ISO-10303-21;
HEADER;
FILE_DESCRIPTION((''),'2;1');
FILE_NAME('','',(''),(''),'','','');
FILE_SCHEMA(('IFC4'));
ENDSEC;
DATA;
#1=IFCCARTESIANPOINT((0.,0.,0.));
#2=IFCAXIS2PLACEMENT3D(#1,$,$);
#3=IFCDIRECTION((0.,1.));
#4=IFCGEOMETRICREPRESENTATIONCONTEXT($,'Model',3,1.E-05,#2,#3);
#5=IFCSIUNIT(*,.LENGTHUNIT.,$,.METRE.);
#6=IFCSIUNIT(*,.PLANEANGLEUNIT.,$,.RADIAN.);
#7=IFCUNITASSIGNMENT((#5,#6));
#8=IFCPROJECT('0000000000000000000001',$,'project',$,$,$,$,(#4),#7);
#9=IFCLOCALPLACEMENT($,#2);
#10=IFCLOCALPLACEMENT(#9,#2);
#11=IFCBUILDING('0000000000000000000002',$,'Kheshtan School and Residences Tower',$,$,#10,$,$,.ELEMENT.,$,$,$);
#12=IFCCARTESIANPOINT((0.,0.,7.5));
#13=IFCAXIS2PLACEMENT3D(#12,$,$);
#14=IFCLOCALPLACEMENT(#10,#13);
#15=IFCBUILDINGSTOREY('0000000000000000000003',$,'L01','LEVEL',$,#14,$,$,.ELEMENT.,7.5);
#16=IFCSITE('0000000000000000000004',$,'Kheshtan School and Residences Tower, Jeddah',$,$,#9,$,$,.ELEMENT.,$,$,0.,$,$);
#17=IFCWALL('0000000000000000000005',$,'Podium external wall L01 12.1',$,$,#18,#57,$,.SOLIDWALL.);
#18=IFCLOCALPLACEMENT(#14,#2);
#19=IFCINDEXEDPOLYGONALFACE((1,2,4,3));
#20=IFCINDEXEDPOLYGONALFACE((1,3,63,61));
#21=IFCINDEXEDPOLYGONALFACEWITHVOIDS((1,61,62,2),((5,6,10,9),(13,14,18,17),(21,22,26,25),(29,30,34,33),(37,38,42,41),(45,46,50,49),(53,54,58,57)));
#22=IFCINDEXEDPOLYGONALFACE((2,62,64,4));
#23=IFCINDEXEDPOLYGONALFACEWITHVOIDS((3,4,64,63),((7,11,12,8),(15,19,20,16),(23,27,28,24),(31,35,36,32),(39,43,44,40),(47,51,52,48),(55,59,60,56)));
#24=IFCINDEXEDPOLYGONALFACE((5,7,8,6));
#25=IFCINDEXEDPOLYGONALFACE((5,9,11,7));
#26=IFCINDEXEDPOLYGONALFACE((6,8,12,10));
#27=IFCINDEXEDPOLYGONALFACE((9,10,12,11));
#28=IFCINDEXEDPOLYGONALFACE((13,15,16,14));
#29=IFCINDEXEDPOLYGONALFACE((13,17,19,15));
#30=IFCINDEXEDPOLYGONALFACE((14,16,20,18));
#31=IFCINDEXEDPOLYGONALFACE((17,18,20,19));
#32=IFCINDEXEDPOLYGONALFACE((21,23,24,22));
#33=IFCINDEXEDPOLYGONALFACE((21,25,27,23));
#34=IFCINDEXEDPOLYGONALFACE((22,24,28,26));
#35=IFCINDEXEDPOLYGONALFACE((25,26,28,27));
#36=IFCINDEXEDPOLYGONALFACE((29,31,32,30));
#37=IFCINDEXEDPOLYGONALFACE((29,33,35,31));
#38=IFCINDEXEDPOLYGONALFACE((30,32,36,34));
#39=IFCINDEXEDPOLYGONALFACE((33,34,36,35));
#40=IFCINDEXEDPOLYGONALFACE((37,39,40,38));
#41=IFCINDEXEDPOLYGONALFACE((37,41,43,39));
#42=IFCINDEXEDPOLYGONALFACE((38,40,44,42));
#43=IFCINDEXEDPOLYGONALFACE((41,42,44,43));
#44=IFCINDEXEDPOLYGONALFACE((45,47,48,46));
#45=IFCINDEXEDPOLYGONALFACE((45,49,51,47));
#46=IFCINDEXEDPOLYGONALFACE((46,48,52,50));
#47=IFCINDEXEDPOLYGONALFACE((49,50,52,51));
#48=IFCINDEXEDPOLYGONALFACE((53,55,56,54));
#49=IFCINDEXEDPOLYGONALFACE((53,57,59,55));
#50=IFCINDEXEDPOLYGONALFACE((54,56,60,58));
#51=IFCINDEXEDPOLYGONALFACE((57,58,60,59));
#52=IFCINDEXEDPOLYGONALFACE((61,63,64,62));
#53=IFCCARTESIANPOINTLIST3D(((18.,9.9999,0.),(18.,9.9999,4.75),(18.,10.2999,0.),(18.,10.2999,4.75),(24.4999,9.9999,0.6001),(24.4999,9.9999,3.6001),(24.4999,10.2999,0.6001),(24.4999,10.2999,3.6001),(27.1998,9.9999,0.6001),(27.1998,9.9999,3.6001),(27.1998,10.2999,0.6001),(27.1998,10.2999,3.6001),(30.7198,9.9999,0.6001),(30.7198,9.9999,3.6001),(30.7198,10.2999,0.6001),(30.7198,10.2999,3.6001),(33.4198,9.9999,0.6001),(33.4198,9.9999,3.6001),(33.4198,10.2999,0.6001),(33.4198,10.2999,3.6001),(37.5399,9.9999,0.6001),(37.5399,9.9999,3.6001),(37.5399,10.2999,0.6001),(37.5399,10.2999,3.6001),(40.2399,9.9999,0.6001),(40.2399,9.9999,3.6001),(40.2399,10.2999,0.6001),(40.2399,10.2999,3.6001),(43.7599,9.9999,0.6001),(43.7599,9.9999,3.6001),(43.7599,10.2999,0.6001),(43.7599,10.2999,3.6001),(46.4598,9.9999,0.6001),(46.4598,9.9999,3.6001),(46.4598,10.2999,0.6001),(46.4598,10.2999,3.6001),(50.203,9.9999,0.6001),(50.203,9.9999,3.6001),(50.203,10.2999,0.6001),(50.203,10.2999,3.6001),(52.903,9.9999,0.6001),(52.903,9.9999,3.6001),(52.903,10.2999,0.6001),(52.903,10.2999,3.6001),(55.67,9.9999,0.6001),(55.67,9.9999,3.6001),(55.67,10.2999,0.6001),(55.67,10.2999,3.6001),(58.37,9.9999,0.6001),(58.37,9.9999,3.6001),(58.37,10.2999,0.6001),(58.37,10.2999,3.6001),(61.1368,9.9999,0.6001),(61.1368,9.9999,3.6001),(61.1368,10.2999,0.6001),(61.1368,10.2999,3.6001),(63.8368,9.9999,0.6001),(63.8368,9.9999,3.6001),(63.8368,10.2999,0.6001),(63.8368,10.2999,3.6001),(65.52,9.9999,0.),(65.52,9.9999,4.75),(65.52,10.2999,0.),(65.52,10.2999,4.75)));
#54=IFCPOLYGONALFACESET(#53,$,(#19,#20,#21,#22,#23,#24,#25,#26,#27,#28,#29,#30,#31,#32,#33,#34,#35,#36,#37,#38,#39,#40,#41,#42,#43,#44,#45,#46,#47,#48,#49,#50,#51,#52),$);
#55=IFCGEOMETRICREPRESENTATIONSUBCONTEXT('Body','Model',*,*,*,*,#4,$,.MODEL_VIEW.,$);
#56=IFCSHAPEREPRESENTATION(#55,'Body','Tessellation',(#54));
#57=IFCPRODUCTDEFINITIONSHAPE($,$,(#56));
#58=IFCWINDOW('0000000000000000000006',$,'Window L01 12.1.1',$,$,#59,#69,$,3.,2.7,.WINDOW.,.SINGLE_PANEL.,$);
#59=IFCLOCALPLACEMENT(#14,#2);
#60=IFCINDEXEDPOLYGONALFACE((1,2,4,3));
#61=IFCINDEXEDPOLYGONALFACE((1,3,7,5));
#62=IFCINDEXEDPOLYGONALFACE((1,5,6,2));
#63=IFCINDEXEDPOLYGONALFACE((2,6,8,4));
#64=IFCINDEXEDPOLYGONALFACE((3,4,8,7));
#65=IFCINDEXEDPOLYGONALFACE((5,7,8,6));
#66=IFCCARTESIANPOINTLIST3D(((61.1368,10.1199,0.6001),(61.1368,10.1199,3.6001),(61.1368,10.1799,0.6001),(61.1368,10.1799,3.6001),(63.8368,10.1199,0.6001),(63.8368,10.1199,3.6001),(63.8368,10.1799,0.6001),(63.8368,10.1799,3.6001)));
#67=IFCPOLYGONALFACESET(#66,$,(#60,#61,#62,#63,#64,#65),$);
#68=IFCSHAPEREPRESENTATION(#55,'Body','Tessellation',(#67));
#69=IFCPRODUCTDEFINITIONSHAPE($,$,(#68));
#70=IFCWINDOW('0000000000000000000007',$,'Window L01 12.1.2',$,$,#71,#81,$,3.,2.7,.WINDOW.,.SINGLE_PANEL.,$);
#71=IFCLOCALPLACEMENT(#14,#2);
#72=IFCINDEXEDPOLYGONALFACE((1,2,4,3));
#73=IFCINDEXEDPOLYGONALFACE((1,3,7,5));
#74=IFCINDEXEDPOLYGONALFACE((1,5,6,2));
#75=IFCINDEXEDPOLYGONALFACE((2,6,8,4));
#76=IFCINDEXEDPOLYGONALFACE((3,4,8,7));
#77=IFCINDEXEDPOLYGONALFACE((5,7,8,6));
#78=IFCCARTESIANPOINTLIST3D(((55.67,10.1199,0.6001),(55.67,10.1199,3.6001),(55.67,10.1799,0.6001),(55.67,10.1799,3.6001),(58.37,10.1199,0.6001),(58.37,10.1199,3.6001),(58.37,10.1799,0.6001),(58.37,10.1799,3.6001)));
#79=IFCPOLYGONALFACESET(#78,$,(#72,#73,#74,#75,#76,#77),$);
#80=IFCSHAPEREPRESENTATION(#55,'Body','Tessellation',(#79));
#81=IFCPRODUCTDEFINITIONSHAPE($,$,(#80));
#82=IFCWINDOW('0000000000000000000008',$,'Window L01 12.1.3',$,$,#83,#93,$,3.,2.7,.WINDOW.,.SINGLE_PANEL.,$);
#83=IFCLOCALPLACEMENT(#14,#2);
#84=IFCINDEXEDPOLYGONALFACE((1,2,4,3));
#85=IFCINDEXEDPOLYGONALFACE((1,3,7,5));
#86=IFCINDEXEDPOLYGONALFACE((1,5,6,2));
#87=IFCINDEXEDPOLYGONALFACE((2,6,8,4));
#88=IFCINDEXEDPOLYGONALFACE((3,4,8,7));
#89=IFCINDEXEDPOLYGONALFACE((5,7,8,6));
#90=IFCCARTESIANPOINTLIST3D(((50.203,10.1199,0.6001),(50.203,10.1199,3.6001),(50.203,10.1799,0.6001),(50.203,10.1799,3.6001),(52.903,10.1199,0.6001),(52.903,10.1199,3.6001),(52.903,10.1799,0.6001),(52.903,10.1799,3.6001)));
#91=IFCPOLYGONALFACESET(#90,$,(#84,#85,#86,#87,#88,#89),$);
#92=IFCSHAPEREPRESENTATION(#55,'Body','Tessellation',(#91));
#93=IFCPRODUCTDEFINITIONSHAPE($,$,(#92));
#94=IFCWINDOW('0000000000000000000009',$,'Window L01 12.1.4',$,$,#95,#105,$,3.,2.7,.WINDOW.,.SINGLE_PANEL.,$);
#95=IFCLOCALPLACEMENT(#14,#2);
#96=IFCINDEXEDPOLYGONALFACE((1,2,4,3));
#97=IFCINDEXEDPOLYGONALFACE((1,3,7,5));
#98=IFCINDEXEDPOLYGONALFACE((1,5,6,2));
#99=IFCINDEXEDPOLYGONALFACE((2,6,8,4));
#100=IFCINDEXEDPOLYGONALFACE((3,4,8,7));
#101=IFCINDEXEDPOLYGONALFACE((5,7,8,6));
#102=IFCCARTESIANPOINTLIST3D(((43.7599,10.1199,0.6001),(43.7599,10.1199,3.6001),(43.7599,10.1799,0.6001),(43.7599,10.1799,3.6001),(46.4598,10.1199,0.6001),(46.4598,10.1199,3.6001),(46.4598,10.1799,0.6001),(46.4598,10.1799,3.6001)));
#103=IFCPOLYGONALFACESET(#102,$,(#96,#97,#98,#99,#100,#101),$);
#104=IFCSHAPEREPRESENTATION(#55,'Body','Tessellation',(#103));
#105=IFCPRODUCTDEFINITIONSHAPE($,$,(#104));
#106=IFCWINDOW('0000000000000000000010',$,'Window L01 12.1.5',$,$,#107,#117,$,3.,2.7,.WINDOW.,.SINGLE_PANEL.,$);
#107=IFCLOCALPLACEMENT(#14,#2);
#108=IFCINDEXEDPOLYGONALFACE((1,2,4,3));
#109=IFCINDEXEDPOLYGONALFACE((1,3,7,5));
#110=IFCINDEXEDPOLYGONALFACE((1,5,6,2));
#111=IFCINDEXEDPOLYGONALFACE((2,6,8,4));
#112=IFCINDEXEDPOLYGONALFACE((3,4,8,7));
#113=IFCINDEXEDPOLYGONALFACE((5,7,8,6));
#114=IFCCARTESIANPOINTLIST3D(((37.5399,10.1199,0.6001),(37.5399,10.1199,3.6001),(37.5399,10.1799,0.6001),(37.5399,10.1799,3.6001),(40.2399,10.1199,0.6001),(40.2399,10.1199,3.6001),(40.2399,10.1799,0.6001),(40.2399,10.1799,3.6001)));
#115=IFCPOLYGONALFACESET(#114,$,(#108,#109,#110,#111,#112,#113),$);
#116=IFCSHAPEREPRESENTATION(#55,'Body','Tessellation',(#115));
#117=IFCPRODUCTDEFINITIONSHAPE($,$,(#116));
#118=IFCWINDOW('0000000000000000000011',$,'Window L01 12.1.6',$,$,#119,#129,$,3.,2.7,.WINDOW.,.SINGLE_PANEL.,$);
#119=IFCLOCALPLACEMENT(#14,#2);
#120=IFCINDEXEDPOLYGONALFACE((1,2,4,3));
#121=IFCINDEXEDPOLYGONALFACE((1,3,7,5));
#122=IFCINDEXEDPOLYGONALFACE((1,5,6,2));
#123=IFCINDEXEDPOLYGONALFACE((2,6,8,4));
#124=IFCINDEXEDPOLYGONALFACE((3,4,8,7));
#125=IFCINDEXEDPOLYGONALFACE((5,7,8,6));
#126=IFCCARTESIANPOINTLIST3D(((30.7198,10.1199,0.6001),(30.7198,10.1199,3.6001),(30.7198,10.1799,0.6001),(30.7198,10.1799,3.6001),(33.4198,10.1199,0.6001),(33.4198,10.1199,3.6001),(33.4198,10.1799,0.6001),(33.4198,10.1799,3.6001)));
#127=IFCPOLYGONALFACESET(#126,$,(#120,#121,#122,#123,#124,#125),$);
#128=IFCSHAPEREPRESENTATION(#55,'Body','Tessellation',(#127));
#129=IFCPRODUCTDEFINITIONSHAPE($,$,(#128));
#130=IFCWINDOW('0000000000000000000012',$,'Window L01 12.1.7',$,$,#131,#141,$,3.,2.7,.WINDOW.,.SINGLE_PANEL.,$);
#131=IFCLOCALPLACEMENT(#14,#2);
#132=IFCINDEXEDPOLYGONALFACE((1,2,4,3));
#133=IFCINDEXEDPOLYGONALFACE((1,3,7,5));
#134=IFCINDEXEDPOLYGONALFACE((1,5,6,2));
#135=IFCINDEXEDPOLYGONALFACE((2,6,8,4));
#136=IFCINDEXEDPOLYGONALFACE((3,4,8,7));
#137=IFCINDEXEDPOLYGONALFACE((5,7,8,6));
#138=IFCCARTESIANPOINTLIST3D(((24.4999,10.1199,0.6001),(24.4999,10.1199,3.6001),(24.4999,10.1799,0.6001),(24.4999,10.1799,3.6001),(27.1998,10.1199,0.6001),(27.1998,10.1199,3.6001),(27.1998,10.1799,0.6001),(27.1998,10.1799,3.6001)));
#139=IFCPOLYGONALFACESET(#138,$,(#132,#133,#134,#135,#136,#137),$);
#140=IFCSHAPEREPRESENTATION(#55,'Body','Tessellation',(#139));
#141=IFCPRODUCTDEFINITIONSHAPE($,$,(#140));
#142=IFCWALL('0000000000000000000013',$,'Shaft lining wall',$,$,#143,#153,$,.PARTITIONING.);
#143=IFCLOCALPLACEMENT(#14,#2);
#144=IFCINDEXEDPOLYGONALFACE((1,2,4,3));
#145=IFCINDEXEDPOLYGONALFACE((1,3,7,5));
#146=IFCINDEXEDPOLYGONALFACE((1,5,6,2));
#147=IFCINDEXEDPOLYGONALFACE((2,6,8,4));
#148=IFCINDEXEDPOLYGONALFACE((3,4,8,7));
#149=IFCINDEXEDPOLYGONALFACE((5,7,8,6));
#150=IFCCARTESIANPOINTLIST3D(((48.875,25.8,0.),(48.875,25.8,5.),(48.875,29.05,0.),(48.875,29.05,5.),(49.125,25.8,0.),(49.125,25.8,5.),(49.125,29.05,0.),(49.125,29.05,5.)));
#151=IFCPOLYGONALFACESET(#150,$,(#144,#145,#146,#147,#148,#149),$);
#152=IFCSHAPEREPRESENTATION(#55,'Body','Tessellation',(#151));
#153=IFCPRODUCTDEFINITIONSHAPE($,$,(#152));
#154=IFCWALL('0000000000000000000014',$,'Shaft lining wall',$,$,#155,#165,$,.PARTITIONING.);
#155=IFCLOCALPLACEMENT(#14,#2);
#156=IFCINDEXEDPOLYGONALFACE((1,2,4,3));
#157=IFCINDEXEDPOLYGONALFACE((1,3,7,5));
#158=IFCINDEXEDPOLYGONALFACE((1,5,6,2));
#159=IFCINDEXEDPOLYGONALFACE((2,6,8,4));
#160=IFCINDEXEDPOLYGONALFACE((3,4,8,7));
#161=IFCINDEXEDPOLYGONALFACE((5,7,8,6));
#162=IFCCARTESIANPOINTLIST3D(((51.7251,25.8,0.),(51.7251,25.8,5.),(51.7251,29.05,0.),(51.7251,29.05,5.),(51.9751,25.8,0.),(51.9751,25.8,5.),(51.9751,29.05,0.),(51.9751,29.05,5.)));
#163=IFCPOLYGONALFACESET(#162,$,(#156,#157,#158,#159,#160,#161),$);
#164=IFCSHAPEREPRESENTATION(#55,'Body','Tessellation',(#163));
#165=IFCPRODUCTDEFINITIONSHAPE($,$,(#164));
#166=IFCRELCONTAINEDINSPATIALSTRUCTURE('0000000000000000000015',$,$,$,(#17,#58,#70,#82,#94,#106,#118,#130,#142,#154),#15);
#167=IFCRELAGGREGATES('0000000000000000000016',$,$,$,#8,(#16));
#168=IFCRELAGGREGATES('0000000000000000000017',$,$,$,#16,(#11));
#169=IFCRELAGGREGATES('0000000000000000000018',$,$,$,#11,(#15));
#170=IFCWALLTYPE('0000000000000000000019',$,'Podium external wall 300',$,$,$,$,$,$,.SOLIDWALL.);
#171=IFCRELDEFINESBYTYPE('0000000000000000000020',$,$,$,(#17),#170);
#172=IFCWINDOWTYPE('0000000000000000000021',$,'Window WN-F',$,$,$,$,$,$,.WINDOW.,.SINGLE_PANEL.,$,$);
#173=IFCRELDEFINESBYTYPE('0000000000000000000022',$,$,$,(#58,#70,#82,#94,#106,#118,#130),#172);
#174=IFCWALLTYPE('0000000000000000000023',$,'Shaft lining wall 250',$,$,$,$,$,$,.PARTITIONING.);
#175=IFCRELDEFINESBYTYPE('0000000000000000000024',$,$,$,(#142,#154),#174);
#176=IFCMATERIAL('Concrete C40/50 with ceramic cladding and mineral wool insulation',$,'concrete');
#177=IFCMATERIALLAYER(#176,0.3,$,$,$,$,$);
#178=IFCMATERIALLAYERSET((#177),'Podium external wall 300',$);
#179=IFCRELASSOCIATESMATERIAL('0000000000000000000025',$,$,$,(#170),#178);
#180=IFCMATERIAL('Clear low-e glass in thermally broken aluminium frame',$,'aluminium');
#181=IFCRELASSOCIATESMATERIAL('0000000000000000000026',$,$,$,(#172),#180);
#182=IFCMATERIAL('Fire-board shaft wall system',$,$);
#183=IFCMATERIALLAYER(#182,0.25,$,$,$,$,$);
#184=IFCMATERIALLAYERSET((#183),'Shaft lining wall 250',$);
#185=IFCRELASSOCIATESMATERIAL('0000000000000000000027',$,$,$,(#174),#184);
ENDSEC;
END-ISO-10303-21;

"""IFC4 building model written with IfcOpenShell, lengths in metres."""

from ifc_helpers import new_model, si_unit, direction, frame, frame_2d, origin, place, context, subcontext, project, spatial, rectangle, extrude, source, transform, mapped, material, layer, layer_set, type_object, element, fill, save


model = new_model("IFC4")

# Units and contexts
model_context = context("Model", 3, precision=1e-05, world=origin(), true_north=direction((0.0, 1.0)))
body_context = subcontext(model_context, "Body", "Model", "MODEL_VIEW")
ifc_project = project(units=[si_unit("LENGTHUNIT", "METRE"), si_unit("PLANEANGLEUNIT", "RADIAN")], contexts=[model_context])

# Site, building, storey
site_placement = place(None, origin())
site = spatial("IfcSite", under=ifc_project, at=site_placement, Name="Kheshtan School and Residences Tower, Jeddah", CompositionType="ELEMENT", RefElevation=0.0)
building_placement = place(site_placement, origin())
building = spatial("IfcBuilding", under=site, at=building_placement, Name="Kheshtan School and Residences Tower", CompositionType="ELEMENT")
storey_placement = place(building_placement, frame((0.0, 0.0, 7.5)))
storey = spatial("IfcBuildingStorey", under=building, at=storey_placement, Name="L01", Description="LEVEL", CompositionType="ELEMENT", Elevation=7.5)

# Shared definitions
ifc_material_1 = material(Name="Clear low-e glass in thermally broken aluminium frame", Category="aluminium")

# Wall, openings, windows
ifc_material_2 = material(Name="Concrete C40/50 with ceramic cladding and mineral wool insulation", Category="concrete")
ifc_layer_1 = layer(ifc_material_2, 0.3)
ifc_layer_set_1 = layer_set([ifc_layer_1], Name="Podium external wall 300")
wall_type_1 = type_object("IfcWallType", Name="Podium external wall 300", PredefinedType="SOLIDWALL", material=ifc_layer_set_1)
wall_1_placement = place(storey_placement, frame((65.52, 10.1499, 0.0), z_axis=(0.0, 0.0, 1.0), x_axis=(-1.0, 0.0, 0.0)))
wall_1 = element("IfcWall", 1, at=wall_1_placement, inside=storey, type_object=wall_type_1, Name="Podium external wall L01 12.1", PredefinedType="SOLIDWALL", context=body_context, shape_type="SweptSolid", body=[
    extrude(rectangle(XDim=47.52, YDim=0.3, at=frame_2d((23.76, 0.0))), origin(), (0.0, 0.0, 1.0), 4.75),
])
opening_1_placement = place(wall_1_placement, frame((1.6831, 0.0, 0.6001)))
opening_1 = element("IfcOpeningElement", 2, at=opening_1_placement, cuts=wall_1, PredefinedType="OPENING", context=body_context, shape_type="SweptSolid", body=[
    extrude(rectangle(XDim=2.7, YDim=3.0, at=frame_2d((1.3501, 1.5))), frame((0.0, 0.1602, 0.0), z_axis=(0.0, -1.0, 0.0), x_axis=(1.0, 0.0, 0.0)), (0.0, 0.0, 1.0), 0.3201),
])
opening_2_placement = place(wall_1_placement, frame((7.1499, 0.0, 0.6001)))
opening_2 = element("IfcOpeningElement", 3, at=opening_2_placement, cuts=wall_1, PredefinedType="OPENING", context=body_context, shape_type="SweptSolid", body=[
    extrude(rectangle(XDim=2.7, YDim=3.0, at=frame_2d((1.3501, 1.5))), frame((0.0, 0.1602, 0.0), z_axis=(0.0, -1.0, 0.0), x_axis=(1.0, 0.0, 0.0)), (0.0, 0.0, 1.0), 0.3201),
])
opening_3_placement = place(wall_1_placement, frame((12.6169, 0.0, 0.6001)))
opening_3 = element("IfcOpeningElement", 4, at=opening_3_placement, cuts=wall_1, PredefinedType="OPENING", context=body_context, shape_type="SweptSolid", body=[
    extrude(rectangle(XDim=2.7, YDim=3.0, at=frame_2d((1.3501, 1.5))), frame((0.0, 0.1602, 0.0), z_axis=(0.0, -1.0, 0.0), x_axis=(1.0, 0.0, 0.0)), (0.0, 0.0, 1.0), 0.3201),
])
opening_4_placement = place(wall_1_placement, frame((19.0601, 0.0, 0.6001)))
opening_4 = element("IfcOpeningElement", 5, at=opening_4_placement, cuts=wall_1, PredefinedType="OPENING", context=body_context, shape_type="SweptSolid", body=[
    extrude(rectangle(XDim=2.7, YDim=3.0, at=frame_2d((1.3501, 1.5))), frame((0.0, 0.1602, 0.0), z_axis=(0.0, -1.0, 0.0), x_axis=(1.0, 0.0, 0.0)), (0.0, 0.0, 1.0), 0.3201),
])
opening_5_placement = place(wall_1_placement, frame((25.28, 0.0, 0.6001)))
opening_5 = element("IfcOpeningElement", 6, at=opening_5_placement, cuts=wall_1, PredefinedType="OPENING", context=body_context, shape_type="SweptSolid", body=[
    extrude(rectangle(XDim=2.7, YDim=3.0, at=frame_2d((1.3501, 1.5))), frame((0.0, 0.1602, 0.0), z_axis=(0.0, -1.0, 0.0), x_axis=(1.0, 0.0, 0.0)), (0.0, 0.0, 1.0), 0.3201),
])
opening_6_placement = place(wall_1_placement, frame((32.1001, 0.0, 0.6001)))
opening_6 = element("IfcOpeningElement", 7, at=opening_6_placement, cuts=wall_1, PredefinedType="OPENING", context=body_context, shape_type="SweptSolid", body=[
    extrude(rectangle(XDim=2.7, YDim=3.0, at=frame_2d((1.3501, 1.5))), frame((0.0, 0.1602, 0.0), z_axis=(0.0, -1.0, 0.0), x_axis=(1.0, 0.0, 0.0)), (0.0, 0.0, 1.0), 0.3201),
])
opening_7_placement = place(wall_1_placement, frame((38.3201, 0.0, 0.6001)))
opening_7 = element("IfcOpeningElement", 8, at=opening_7_placement, cuts=wall_1, PredefinedType="OPENING", context=body_context, shape_type="SweptSolid", body=[
    extrude(rectangle(XDim=2.7, YDim=3.0, at=frame_2d((1.3501, 1.5))), frame((0.0, 0.1602, 0.0), z_axis=(0.0, -1.0, 0.0), x_axis=(1.0, 0.0, 0.0)), (0.0, 0.0, 1.0), 0.3201),
])
window_type = type_object("IfcWindowType", Name="Window WN-F", PartitioningType="SINGLE_PANEL", PredefinedType="WINDOW", material=ifc_material_1)
shared_shape = source(origin(), body_context, "Body", "SweptSolid", [
    extrude(rectangle(XDim=2.7, YDim=3.0, at=frame_2d((1.3501, 1.5))), frame((0.0, 0.03, 0.0), z_axis=(0.0, -1.0, 0.0), x_axis=(1.0, 0.0, 0.0)), (0.0, 0.0, 1.0), 0.0601),
])
window_1_placement = place(opening_1_placement, origin())
window_1 = element("IfcWindow", 9, at=window_1_placement, inside=storey, type_object=window_type, Name="Window L01 12.1.1", OverallHeight=3.0, OverallWidth=2.7, PartitioningType="SINGLE_PANEL", PredefinedType="WINDOW", context=body_context, shape_type="MappedRepresentation", body=[
    mapped(shared_shape, transform((0.0, 0.0, 0.0), x_axis=(1.0, 0.0, 0.0), y_axis=(0.0, 1.0, 0.0), z_axis=(0.0, 0.0, 1.0), scale=1.0)),
])
fill(opening_1, window_1)
window_2_placement = place(opening_2_placement, origin())
window_2 = element("IfcWindow", 10, at=window_2_placement, inside=storey, type_object=window_type, Name="Window L01 12.1.2", OverallHeight=3.0, OverallWidth=2.7, PartitioningType="SINGLE_PANEL", PredefinedType="WINDOW", context=body_context, shape_type="MappedRepresentation", body=[
    mapped(shared_shape, transform((0.0, 0.0, 0.0), x_axis=(1.0, 0.0, 0.0), y_axis=(0.0, 1.0, 0.0), z_axis=(0.0, 0.0, 1.0), scale=1.0)),
])
fill(opening_2, window_2)
window_3_placement = place(opening_3_placement, origin())
window_3 = element("IfcWindow", 11, at=window_3_placement, inside=storey, type_object=window_type, Name="Window L01 12.1.3", OverallHeight=3.0, OverallWidth=2.7, PartitioningType="SINGLE_PANEL", PredefinedType="WINDOW", context=body_context, shape_type="MappedRepresentation", body=[
    mapped(shared_shape, transform((0.0, 0.0, 0.0), x_axis=(1.0, 0.0, 0.0), y_axis=(0.0, 1.0, 0.0), z_axis=(0.0, 0.0, 1.0), scale=1.0)),
])
fill(opening_3, window_3)
window_4_placement = place(opening_4_placement, origin())
window_4 = element("IfcWindow", 12, at=window_4_placement, inside=storey, type_object=window_type, Name="Window L01 12.1.4", OverallHeight=3.0, OverallWidth=2.7, PartitioningType="SINGLE_PANEL", PredefinedType="WINDOW", context=body_context, shape_type="MappedRepresentation", body=[
    mapped(shared_shape, transform((0.0, 0.0, 0.0), x_axis=(1.0, 0.0, 0.0), y_axis=(0.0, 1.0, 0.0), z_axis=(0.0, 0.0, 1.0), scale=1.0)),
])
fill(opening_4, window_4)
window_5_placement = place(opening_5_placement, origin())
window_5 = element("IfcWindow", 13, at=window_5_placement, inside=storey, type_object=window_type, Name="Window L01 12.1.5", OverallHeight=3.0, OverallWidth=2.7, PartitioningType="SINGLE_PANEL", PredefinedType="WINDOW", context=body_context, shape_type="MappedRepresentation", body=[
    mapped(shared_shape, transform((0.0, 0.0, 0.0), x_axis=(1.0, 0.0, 0.0), y_axis=(0.0, 1.0, 0.0), z_axis=(0.0, 0.0, 1.0), scale=1.0)),
])
fill(opening_5, window_5)
window_6_placement = place(opening_6_placement, origin())
window_6 = element("IfcWindow", 14, at=window_6_placement, inside=storey, type_object=window_type, Name="Window L01 12.1.6", OverallHeight=3.0, OverallWidth=2.7, PartitioningType="SINGLE_PANEL", PredefinedType="WINDOW", context=body_context, shape_type="MappedRepresentation", body=[
    mapped(shared_shape, transform((0.0, 0.0, 0.0), x_axis=(1.0, 0.0, 0.0), y_axis=(0.0, 1.0, 0.0), z_axis=(0.0, 0.0, 1.0), scale=1.0)),
])
fill(opening_6, window_6)
window_7_placement = place(opening_7_placement, origin())
window_7 = element("IfcWindow", 15, at=window_7_placement, inside=storey, type_object=window_type, Name="Window L01 12.1.7", OverallHeight=3.0, OverallWidth=2.7, PartitioningType="SINGLE_PANEL", PredefinedType="WINDOW", context=body_context, shape_type="MappedRepresentation", body=[
    mapped(shared_shape, transform((0.0, 0.0, 0.0), x_axis=(1.0, 0.0, 0.0), y_axis=(0.0, 1.0, 0.0), z_axis=(0.0, 0.0, 1.0), scale=1.0)),
])
fill(opening_7, window_7)

# Walls
ifc_material_3 = material(Name="Fire-board shaft wall system")
ifc_layer_2 = layer(ifc_material_3, 0.25)
ifc_layer_set_2 = layer_set([ifc_layer_2], Name="Shaft lining wall 250")
wall_type_2 = type_object("IfcWallType", Name="Shaft lining wall 250", PredefinedType="PARTITIONING", material=ifc_layer_set_2)
for number, where, z_axis, x_axis, name in (
    (16, (49.0, 25.8, 0.0), (0.0, 0.0, 1.0), (0.0, 1.0, 0.0), "Shaft lining wall"),
    (17, (51.8501, 25.8, 0.0), (0.0, 0.0, 1.0), (0.0, 1.0, 0.0), "Shaft lining wall"),
):
    element("IfcWall", number, at=place(storey_placement, frame(where, z_axis=z_axis, x_axis=x_axis)), inside=storey, type_object=wall_type_2, Name=name, PredefinedType="PARTITIONING", context=body_context, shape_type="SweptSolid", body=[
        extrude(rectangle(XDim=3.25, YDim=0.25, at=frame_2d((1.625, 0.0))), origin(), (0.0, 0.0, 1.0), 5.0),
    ])

save(model, "model.ifc")
